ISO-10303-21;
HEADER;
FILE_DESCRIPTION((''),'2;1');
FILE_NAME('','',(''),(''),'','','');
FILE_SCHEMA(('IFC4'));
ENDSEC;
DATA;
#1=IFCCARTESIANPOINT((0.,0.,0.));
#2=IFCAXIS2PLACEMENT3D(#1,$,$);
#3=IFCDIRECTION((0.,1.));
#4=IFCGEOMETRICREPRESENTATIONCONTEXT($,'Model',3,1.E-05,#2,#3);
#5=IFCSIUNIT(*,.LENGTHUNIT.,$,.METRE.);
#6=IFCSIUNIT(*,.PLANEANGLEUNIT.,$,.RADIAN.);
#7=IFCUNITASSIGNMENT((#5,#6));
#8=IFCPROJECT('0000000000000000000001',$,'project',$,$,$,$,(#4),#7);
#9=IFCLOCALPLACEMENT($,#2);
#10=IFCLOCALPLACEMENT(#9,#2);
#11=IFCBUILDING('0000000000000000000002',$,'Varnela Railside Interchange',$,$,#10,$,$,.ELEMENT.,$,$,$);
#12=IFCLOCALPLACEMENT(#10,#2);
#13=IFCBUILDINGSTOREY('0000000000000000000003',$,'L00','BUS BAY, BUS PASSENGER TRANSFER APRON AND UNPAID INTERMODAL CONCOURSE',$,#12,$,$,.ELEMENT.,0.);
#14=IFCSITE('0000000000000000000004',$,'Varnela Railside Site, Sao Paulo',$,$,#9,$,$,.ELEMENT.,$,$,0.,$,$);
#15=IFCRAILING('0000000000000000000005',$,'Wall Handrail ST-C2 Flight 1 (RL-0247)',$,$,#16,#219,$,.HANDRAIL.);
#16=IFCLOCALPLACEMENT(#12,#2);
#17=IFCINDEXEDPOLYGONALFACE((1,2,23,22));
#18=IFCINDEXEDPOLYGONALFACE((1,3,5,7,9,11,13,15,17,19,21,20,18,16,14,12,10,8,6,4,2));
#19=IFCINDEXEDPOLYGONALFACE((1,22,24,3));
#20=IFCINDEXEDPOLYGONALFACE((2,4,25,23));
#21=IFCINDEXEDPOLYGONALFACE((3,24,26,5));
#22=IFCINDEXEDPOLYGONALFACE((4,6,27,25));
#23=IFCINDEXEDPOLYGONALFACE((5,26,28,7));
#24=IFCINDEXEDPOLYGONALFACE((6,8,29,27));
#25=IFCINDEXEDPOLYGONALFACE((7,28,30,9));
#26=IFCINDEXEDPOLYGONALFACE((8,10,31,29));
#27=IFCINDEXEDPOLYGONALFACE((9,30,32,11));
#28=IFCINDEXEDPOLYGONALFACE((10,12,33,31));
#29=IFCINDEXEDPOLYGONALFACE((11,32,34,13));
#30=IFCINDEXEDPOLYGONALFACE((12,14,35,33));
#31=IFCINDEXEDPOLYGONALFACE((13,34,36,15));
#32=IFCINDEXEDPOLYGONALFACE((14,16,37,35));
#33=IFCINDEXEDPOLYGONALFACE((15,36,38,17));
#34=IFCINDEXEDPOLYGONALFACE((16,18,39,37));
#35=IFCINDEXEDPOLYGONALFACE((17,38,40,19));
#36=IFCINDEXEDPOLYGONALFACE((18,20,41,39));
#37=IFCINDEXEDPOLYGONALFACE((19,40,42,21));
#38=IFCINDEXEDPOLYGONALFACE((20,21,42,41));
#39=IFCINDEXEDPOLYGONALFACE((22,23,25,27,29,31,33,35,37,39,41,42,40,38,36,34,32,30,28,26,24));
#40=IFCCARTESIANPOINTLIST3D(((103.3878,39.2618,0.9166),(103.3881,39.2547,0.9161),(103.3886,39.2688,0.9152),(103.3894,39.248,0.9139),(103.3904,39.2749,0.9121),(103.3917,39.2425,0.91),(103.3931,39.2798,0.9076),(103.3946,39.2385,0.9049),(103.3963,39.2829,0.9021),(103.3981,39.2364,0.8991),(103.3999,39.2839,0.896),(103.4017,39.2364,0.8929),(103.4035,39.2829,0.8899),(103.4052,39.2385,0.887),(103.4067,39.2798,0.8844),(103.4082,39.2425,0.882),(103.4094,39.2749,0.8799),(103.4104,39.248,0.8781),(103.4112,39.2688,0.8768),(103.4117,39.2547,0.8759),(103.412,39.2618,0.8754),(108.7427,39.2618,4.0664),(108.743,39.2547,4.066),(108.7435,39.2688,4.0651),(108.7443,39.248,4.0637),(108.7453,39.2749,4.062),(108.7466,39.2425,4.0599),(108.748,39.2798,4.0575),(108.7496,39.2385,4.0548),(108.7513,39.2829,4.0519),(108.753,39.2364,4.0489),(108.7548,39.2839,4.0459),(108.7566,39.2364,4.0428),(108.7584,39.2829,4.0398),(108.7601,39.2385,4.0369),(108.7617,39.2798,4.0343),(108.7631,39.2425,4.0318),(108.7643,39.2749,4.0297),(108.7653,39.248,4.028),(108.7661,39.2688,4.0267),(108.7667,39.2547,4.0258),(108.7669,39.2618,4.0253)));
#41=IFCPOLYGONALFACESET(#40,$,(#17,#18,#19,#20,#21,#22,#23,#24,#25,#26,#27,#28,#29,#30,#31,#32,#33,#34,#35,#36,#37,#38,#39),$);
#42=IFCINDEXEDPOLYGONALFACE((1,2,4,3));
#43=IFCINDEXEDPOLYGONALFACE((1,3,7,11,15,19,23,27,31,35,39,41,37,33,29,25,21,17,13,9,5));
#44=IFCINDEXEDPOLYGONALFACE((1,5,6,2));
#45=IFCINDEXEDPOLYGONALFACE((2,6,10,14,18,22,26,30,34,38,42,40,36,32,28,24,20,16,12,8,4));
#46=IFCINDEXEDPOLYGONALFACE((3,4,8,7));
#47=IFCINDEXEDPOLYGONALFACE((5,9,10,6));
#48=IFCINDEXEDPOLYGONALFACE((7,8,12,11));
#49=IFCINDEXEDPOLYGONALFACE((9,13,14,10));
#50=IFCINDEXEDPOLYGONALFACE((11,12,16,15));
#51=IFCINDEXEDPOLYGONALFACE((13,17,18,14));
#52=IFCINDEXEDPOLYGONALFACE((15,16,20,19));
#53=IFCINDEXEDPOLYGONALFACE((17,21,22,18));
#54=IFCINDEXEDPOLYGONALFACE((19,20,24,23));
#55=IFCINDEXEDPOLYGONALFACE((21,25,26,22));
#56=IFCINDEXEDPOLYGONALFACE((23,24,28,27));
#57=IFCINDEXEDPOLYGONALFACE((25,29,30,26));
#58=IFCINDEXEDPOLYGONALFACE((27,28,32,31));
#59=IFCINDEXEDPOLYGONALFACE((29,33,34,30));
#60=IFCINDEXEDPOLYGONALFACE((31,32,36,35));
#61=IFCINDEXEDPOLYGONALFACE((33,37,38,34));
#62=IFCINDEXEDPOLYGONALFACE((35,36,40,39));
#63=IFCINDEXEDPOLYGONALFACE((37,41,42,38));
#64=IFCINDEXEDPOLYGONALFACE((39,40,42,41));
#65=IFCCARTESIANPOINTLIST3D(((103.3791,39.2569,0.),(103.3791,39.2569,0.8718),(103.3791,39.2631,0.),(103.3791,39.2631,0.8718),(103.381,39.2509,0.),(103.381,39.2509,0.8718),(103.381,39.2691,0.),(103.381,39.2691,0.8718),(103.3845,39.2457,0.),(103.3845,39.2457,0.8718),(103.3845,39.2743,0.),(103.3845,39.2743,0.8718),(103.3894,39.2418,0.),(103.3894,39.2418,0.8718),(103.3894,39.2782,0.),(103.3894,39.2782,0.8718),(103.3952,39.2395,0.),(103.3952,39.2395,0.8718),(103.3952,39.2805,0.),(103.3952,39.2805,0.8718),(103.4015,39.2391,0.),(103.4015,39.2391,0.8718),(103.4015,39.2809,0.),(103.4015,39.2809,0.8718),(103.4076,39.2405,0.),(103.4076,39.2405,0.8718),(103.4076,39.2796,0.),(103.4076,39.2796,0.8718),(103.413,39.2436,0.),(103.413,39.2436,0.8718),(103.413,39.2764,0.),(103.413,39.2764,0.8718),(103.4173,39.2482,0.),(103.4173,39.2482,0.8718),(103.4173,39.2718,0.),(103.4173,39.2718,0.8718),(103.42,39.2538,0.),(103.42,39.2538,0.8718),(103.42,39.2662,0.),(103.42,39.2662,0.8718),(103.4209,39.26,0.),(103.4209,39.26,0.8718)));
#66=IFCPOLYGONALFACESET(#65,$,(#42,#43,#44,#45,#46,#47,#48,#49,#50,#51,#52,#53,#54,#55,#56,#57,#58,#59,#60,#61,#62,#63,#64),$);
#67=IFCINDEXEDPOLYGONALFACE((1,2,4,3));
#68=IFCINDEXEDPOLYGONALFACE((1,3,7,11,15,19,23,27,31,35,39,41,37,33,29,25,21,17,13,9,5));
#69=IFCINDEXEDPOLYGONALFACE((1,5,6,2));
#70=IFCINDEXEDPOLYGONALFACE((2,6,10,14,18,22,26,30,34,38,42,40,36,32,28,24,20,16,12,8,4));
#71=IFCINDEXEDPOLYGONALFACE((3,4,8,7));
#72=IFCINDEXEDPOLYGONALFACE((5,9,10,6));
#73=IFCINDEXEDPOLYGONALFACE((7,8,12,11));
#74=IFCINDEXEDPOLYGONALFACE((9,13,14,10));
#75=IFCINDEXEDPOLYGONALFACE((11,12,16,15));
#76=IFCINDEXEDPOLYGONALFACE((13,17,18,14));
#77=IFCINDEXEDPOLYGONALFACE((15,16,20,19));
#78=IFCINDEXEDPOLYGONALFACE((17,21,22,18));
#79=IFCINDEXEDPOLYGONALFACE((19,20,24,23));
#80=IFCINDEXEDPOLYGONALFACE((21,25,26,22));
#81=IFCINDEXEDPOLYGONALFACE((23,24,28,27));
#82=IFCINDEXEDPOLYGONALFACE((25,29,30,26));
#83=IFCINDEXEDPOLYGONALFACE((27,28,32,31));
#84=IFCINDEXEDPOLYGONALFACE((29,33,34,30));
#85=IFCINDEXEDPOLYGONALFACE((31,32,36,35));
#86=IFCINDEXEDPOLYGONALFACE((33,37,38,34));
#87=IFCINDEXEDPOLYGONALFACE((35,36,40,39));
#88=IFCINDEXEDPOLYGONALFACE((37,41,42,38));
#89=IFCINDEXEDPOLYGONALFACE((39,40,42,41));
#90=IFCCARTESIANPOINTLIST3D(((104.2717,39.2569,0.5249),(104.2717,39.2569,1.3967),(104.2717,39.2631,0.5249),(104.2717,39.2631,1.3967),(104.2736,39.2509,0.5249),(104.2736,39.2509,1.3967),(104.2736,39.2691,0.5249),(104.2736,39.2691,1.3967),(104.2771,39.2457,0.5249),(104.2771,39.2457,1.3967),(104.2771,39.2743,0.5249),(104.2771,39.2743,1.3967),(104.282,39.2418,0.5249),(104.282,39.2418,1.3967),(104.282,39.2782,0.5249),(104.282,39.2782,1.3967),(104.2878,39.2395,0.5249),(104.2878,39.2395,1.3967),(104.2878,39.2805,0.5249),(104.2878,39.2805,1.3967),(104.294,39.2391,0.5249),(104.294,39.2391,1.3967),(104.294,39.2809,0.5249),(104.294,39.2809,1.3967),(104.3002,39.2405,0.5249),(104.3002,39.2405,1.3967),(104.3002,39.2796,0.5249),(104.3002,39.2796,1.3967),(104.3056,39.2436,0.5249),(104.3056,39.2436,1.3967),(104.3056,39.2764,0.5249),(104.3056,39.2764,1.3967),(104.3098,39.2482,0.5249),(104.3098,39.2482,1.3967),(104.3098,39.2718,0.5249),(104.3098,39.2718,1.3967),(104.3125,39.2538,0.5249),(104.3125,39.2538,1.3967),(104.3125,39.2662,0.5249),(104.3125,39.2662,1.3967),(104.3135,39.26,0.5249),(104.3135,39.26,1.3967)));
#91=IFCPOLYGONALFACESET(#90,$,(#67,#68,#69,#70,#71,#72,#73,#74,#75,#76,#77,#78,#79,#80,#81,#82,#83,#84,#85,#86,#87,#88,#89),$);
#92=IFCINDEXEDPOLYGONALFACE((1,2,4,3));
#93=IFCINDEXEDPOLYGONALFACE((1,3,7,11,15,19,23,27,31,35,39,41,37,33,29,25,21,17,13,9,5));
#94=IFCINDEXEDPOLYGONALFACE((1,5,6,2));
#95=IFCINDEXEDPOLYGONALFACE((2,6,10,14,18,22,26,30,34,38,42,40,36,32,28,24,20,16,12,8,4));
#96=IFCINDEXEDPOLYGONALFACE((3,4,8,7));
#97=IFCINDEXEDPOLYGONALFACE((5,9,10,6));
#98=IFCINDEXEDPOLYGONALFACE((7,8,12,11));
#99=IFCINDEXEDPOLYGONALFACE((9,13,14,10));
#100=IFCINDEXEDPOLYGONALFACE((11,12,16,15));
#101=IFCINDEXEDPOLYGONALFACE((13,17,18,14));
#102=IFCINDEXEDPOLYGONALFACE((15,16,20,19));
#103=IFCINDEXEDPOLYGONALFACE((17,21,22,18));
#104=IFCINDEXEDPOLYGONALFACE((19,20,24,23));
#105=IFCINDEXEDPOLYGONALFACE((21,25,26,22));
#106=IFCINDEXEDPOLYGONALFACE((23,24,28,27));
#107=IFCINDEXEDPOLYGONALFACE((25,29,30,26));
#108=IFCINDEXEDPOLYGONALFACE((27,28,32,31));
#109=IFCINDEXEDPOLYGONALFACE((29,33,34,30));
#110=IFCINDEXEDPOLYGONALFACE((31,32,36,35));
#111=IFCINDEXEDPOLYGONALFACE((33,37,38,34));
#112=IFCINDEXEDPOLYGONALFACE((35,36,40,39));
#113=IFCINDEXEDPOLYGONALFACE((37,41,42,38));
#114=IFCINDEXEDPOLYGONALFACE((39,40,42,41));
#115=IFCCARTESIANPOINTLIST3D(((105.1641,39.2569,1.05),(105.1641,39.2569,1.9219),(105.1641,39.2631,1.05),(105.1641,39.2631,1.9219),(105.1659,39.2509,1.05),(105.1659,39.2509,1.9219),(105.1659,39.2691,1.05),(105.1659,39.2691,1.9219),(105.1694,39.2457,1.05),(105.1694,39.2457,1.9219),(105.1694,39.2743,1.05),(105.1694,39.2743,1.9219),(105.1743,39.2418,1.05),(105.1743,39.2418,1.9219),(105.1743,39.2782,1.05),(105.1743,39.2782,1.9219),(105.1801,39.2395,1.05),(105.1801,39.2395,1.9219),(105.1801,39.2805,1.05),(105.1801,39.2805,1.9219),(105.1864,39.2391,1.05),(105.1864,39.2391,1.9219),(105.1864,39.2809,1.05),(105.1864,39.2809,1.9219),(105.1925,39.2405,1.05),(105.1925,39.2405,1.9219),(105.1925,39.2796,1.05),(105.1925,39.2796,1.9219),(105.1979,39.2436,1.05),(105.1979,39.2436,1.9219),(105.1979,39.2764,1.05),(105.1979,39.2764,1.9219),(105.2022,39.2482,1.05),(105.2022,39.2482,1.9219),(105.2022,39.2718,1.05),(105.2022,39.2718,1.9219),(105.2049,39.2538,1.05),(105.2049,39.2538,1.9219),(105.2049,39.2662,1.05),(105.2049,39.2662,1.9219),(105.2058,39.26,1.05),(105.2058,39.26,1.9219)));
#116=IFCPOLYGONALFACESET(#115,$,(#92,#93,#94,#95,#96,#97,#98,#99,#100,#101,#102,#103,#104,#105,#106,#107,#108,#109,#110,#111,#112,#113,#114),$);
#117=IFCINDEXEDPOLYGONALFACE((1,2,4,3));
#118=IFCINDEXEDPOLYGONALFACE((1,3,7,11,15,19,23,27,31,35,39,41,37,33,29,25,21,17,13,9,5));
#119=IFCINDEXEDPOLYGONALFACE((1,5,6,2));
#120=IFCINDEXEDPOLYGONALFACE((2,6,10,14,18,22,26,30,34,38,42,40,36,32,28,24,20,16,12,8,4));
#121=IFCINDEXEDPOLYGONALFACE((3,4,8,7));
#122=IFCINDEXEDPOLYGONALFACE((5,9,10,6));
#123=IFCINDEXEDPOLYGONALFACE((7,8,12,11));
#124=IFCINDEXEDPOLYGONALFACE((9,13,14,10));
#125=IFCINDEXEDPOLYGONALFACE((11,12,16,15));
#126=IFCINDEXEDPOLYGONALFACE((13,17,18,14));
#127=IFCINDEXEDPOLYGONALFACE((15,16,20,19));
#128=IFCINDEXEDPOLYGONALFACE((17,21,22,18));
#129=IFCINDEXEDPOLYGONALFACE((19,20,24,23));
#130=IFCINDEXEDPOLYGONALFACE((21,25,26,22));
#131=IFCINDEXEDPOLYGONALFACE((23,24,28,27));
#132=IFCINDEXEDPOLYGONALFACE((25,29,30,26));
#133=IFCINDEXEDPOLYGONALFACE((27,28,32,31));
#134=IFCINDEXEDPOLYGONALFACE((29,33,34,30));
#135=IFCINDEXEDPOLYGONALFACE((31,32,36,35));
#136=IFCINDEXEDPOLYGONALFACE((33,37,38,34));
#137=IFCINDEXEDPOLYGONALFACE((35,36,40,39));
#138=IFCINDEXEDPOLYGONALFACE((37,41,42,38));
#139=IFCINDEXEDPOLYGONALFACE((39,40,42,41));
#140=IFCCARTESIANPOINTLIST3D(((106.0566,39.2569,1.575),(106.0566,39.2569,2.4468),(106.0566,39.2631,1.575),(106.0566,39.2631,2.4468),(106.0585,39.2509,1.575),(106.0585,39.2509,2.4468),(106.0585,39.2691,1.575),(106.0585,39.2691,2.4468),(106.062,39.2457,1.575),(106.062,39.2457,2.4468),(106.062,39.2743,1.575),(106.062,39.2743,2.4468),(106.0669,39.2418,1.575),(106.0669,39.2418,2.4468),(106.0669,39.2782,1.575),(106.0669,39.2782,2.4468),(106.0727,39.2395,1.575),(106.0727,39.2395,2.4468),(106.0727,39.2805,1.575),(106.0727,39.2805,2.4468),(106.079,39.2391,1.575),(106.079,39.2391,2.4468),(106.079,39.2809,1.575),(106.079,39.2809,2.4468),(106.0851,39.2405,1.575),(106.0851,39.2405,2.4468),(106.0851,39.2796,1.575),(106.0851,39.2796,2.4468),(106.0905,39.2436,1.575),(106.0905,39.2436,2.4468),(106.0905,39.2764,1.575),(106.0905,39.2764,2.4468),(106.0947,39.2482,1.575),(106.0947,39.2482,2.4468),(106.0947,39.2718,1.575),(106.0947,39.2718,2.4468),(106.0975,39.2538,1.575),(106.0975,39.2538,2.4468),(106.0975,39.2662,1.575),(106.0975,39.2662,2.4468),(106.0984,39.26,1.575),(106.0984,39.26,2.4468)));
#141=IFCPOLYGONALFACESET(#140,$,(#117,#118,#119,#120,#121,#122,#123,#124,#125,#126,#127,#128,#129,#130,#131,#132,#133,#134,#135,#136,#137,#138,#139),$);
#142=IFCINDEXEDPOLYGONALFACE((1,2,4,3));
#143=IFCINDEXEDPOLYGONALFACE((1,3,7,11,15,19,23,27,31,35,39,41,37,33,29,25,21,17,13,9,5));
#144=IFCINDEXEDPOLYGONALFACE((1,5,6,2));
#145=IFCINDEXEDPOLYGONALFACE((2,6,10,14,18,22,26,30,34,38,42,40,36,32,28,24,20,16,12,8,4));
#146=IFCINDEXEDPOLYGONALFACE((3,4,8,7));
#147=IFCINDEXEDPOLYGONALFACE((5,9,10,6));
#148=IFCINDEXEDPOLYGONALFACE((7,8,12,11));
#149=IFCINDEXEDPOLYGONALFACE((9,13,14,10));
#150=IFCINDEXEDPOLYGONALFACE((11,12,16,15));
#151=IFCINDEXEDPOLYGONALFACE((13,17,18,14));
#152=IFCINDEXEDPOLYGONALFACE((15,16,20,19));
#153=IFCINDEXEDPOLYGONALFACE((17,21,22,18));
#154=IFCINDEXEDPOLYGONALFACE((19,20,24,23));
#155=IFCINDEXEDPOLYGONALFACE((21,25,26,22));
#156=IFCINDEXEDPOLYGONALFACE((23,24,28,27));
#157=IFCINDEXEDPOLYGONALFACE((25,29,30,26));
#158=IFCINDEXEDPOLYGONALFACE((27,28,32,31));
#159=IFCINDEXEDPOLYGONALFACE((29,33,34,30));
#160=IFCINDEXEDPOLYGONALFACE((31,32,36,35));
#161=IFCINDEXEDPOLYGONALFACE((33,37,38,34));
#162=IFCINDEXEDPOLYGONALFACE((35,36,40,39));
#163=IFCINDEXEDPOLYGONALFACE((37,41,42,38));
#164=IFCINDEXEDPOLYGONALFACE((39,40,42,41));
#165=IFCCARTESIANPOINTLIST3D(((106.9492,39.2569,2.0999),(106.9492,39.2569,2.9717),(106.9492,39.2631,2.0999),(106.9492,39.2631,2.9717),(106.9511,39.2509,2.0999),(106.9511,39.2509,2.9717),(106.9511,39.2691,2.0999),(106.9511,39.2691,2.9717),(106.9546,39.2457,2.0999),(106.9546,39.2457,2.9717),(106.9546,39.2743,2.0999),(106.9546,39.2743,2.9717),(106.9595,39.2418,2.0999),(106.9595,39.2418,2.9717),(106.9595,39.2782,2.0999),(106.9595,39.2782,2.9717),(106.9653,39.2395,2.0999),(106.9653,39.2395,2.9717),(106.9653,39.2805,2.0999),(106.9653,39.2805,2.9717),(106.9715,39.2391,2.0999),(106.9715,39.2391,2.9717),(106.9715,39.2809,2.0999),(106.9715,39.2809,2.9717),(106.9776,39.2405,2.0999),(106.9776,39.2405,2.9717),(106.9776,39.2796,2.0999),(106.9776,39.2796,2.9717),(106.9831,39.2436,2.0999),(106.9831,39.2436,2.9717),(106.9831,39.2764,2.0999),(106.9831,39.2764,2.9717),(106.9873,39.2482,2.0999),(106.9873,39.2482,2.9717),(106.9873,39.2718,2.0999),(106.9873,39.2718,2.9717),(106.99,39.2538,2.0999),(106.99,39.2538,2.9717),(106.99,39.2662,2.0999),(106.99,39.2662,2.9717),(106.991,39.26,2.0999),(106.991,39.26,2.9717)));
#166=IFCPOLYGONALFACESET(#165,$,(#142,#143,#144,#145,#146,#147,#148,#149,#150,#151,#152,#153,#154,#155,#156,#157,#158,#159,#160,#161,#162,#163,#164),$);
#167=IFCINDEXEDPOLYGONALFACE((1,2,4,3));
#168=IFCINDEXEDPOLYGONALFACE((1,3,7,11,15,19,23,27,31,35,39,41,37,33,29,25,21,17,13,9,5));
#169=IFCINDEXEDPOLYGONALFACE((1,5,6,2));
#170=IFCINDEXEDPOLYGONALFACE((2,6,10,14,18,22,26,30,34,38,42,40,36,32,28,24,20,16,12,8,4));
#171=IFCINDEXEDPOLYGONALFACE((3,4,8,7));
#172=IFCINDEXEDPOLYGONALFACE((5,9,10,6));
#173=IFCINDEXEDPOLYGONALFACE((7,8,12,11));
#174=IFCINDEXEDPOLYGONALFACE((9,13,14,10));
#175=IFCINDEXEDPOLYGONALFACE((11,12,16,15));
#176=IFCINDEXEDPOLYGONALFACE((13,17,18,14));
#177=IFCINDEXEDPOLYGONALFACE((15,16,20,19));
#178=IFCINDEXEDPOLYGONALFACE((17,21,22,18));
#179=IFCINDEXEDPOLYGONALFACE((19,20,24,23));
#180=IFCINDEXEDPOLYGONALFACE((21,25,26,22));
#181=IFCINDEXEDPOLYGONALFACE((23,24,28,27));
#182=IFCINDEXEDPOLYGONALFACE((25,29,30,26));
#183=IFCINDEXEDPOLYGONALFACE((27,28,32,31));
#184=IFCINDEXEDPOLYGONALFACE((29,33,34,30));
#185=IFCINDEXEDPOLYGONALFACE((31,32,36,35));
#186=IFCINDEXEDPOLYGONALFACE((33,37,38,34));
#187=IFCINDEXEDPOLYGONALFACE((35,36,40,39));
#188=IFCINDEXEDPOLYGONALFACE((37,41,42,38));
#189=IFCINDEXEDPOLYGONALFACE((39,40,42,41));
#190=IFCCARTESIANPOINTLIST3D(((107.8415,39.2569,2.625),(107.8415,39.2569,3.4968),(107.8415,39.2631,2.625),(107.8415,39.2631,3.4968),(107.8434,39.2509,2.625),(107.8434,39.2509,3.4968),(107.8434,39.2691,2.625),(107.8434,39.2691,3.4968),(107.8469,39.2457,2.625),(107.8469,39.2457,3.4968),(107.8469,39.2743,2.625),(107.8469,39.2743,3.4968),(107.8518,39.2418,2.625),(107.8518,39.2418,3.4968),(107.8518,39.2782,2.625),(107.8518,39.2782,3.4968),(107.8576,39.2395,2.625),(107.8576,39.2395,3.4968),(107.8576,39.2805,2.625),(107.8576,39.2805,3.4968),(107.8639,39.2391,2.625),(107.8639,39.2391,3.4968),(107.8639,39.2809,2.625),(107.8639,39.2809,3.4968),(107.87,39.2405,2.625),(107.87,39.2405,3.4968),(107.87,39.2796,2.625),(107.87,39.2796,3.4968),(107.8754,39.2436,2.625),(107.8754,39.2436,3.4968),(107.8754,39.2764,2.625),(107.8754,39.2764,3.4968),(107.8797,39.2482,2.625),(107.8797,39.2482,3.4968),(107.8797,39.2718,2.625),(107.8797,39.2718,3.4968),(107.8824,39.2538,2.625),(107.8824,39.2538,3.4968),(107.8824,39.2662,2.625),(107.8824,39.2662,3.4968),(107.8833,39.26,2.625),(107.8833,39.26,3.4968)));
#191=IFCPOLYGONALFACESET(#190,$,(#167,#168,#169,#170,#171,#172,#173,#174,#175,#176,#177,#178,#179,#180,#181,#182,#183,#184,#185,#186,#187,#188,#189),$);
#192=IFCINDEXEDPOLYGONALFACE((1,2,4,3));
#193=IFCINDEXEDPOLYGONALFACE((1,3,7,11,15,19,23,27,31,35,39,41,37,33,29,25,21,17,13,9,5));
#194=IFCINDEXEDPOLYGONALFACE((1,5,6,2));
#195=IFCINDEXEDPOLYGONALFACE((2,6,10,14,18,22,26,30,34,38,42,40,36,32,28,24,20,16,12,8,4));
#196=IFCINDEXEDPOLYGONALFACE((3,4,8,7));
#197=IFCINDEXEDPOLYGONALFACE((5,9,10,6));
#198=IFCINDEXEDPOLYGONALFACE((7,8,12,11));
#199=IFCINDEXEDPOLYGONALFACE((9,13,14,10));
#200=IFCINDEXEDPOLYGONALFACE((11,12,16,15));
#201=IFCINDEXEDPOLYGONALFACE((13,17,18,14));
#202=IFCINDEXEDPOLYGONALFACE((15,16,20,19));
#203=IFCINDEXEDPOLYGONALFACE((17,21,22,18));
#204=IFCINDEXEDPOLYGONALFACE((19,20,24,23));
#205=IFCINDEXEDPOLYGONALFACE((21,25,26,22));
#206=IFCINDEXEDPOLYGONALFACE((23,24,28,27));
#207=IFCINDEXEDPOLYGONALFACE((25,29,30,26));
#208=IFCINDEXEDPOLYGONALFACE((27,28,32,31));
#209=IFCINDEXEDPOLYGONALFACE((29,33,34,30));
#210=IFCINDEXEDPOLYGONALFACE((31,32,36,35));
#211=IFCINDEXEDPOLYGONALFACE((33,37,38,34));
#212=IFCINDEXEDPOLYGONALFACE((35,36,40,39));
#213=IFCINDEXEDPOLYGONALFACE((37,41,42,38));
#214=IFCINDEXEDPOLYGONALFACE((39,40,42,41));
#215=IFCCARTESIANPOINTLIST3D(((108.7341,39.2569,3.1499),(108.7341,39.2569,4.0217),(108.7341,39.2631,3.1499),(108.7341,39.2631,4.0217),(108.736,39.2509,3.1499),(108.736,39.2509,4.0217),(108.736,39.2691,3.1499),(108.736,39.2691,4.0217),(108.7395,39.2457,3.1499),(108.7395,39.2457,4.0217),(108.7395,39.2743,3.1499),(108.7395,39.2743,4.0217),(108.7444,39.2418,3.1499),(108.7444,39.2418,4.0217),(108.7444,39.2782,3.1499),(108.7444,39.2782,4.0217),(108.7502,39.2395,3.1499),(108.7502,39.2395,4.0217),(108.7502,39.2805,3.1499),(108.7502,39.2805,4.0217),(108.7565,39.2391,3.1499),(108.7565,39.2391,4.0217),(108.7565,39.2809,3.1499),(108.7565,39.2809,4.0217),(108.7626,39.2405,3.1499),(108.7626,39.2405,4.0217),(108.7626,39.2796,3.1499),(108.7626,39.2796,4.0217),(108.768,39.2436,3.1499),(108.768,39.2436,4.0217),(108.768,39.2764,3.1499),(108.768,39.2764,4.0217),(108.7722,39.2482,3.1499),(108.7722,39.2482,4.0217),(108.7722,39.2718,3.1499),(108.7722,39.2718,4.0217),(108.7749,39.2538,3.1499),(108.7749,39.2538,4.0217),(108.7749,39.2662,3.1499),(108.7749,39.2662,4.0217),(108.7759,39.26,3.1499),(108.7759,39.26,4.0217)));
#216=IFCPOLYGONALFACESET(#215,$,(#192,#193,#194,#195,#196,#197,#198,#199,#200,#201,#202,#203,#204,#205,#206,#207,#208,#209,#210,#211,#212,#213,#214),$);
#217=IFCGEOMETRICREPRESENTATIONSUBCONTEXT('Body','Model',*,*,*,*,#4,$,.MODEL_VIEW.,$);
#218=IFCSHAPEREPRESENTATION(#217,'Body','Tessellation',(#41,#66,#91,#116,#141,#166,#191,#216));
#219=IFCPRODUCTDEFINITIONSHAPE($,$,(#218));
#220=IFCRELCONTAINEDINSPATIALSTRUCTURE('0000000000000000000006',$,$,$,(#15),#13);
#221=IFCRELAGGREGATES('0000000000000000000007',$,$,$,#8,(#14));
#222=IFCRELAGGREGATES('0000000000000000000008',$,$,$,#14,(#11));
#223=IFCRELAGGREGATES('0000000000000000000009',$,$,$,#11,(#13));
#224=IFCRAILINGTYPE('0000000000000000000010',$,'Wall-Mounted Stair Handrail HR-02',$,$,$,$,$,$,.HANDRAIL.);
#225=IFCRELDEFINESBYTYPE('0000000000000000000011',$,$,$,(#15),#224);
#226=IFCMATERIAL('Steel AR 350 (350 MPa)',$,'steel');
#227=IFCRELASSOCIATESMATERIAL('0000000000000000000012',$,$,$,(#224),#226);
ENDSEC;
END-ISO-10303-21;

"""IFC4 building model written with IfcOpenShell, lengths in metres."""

from ifc_helpers import new_model, si_unit, direction, frame, origin, origin_2d, place, context, subcontext, project, spatial, circle, extrude, material, type_object, element, save


model = new_model("IFC4")

# Units and contexts
model_context = context("Model", 3, precision=1e-05, world=origin(), true_north=direction((0.0, 1.0)))
body_context = subcontext(model_context, "Body", "Model", "MODEL_VIEW")
ifc_project = project(units=[si_unit("LENGTHUNIT", "METRE"), si_unit("PLANEANGLEUNIT", "RADIAN")], contexts=[model_context])

# Site, building, storey
site_placement = place(None, origin())
site = spatial("IfcSite", under=ifc_project, at=site_placement, Name="Varnela Railside Site, Sao Paulo", CompositionType="ELEMENT", RefElevation=0.0)
building_placement = place(site_placement, origin())
building = spatial("IfcBuilding", under=site, at=building_placement, Name="Varnela Railside Interchange", CompositionType="ELEMENT")
storey_placement = place(building_placement, origin())
storey = spatial("IfcBuildingStorey", under=building, at=storey_placement, Name="L00", Description="BUS BAY, BUS PASSENGER TRANSFER APRON AND UNPAID INTERMODAL CONCOURSE", CompositionType="ELEMENT", Elevation=0.0)

# Shared definitions
ifc_material_1 = material(Name="Steel AR 350 (350 MPa)", Category="steel")

# Railing
railing_type_1 = type_object("IfcRailingType", Name="Wall-Mounted Stair Handrail HR-02", PredefinedType="HANDRAIL", material=ifc_material_1)
railing_1_placement = place(storey_placement, frame((103.3999, 39.26, 0.0)))
element("IfcRailing", 1, at=railing_1_placement, inside=storey, type_object=railing_type_1, Name="Wall Handrail ST-C2 Flight 1 (RL-0247)", PredefinedType="HANDRAIL", context=body_context, shape_type="SweptSolid", body=[
    extrude(circle(Radius=0.0239, at=origin_2d()), frame((0.0, 0.0, 0.896), z_axis=(0.86194, 0.0, 0.50701), x_axis=(0.0, 1.0, 0.0)), (0.0, 0.0, 1.0), 6.2126),
    extrude(circle(Radius=0.021, at=origin_2d()), origin(), (0.0, 0.0, 1.0), 0.8718),
    extrude(circle(Radius=0.021, at=origin_2d()), frame((0.8926, 0.0, 0.5249)), (0.0, 0.0, 1.0), 0.8718),
    extrude(circle(Radius=0.021, at=origin_2d()), frame((1.7849, 0.0, 1.05)), (0.0, 0.0, 1.0), 0.8718),
    extrude(circle(Radius=0.021, at=origin_2d()), frame((2.6775, 0.0, 1.575)), (0.0, 0.0, 1.0), 0.8718),
    extrude(circle(Radius=0.021, at=origin_2d()), frame((3.5701, 0.0, 2.0999)), (0.0, 0.0, 1.0), 0.8718),
    extrude(circle(Radius=0.021, at=origin_2d()), frame((4.4624, 0.0, 2.625)), (0.0, 0.0, 1.0), 0.8718),
    extrude(circle(Radius=0.021, at=origin_2d()), frame((5.355, 0.0, 3.1499)), (0.0, 0.0, 1.0), 0.8718),
])

save(model, "model.ifc")
